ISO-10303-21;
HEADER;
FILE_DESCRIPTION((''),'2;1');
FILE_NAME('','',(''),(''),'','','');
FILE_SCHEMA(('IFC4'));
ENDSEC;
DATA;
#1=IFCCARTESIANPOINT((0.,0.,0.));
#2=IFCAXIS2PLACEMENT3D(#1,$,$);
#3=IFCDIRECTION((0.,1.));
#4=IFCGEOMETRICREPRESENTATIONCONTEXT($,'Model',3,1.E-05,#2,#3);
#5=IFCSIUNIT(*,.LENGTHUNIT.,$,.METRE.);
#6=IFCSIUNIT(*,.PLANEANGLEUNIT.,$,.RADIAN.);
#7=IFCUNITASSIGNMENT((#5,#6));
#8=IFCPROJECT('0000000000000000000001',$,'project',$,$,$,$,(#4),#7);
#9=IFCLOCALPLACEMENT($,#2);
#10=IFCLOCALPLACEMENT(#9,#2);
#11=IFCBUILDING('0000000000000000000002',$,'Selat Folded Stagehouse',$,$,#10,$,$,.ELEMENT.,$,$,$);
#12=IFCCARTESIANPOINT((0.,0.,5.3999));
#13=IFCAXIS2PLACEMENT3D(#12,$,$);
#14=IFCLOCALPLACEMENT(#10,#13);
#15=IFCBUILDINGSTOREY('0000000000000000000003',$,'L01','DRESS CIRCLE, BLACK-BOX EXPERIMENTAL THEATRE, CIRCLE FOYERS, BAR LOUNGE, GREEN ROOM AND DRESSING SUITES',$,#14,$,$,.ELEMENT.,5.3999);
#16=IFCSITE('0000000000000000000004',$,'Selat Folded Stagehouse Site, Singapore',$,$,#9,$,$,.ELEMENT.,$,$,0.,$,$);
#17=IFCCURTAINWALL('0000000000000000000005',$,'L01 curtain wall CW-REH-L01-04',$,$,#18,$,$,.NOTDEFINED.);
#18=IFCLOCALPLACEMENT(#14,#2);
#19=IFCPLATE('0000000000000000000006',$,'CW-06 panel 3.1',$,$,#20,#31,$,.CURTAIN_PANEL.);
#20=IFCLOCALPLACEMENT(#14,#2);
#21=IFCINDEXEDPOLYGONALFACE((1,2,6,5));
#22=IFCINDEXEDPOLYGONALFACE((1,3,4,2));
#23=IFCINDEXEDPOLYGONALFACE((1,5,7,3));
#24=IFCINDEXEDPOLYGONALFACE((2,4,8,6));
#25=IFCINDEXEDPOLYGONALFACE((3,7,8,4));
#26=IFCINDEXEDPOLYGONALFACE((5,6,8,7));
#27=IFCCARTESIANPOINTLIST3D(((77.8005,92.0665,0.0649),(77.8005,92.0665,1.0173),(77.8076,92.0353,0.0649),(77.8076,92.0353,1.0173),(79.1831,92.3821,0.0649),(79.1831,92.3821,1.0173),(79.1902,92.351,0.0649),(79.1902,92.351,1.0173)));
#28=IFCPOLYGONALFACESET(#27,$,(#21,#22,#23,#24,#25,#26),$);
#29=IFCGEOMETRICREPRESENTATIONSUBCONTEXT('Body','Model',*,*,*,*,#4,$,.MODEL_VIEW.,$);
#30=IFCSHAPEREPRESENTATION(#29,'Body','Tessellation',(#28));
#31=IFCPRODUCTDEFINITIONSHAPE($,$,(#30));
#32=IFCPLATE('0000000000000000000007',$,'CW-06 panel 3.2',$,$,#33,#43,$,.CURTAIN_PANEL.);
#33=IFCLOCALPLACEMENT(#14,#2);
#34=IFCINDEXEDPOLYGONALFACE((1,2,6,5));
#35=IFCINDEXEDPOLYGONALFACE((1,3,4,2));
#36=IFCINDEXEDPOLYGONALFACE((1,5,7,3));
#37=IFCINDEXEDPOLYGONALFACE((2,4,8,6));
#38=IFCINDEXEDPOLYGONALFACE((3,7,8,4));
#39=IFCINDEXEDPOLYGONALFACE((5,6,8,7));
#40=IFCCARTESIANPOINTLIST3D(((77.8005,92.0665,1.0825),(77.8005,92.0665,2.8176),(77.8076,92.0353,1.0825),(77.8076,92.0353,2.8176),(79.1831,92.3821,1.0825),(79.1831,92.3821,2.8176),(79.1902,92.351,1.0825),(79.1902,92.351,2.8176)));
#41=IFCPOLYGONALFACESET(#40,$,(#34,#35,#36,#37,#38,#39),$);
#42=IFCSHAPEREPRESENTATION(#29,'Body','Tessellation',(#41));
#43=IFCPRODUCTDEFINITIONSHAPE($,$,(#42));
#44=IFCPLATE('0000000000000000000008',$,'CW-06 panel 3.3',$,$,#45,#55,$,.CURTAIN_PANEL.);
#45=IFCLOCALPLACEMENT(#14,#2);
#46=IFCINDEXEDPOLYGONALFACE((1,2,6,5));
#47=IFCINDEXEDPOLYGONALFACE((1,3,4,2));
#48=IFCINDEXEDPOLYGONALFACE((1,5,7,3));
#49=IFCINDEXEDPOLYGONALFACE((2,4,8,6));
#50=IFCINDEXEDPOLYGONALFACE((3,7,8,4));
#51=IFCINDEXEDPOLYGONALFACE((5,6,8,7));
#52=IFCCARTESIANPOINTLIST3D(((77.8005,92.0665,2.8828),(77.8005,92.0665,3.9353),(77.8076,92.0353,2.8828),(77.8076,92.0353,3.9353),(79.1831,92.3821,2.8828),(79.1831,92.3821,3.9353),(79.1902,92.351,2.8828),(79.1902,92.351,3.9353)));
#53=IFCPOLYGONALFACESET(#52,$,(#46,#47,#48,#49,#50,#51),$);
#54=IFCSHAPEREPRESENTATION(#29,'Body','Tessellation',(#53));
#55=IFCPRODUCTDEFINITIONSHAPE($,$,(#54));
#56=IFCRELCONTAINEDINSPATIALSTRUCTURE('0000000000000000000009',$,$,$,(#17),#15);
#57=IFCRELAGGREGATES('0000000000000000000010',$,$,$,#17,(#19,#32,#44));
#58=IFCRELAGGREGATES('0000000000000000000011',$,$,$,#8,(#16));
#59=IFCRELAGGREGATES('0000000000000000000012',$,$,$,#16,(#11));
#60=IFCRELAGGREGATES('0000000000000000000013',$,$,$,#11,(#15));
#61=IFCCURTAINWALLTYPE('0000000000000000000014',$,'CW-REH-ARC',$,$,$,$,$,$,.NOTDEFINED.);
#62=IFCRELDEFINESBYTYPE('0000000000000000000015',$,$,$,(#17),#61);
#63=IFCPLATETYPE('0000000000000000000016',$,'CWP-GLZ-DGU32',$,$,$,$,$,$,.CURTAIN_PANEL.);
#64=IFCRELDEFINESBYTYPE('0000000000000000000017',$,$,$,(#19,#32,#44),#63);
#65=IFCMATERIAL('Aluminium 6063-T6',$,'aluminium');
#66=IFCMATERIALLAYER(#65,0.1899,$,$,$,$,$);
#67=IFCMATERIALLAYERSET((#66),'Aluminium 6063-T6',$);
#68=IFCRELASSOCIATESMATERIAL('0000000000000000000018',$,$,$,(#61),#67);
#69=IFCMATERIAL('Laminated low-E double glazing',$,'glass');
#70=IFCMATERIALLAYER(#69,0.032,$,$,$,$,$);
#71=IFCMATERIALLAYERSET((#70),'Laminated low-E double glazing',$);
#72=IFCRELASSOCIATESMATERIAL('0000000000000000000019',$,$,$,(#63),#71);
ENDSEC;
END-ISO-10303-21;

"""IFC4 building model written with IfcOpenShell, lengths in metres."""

from ifc_helpers import new_model, si_unit, direction, frame, origin, origin_2d, place, context, subcontext, project, spatial, rectangle, extrude, material, layer, layer_set, type_object, element, aggregate, save


model = new_model("IFC4")

# Units and contexts
model_context = context("Model", 3, precision=1e-05, world=origin(), true_north=direction((0.0, 1.0)))
body_context = subcontext(model_context, "Body", "Model", "MODEL_VIEW")
ifc_project = project(units=[si_unit("LENGTHUNIT", "METRE"), si_unit("PLANEANGLEUNIT", "RADIAN")], contexts=[model_context])

# Site, building, storey
site_placement = place(None, origin())
site = spatial("IfcSite", under=ifc_project, at=site_placement, Name="Selat Folded Stagehouse Site, Singapore", CompositionType="ELEMENT", RefElevation=0.0)
building_placement = place(site_placement, origin())
building = spatial("IfcBuilding", under=site, at=building_placement, Name="Selat Folded Stagehouse", CompositionType="ELEMENT")
storey_placement = place(building_placement, frame((0.0, 0.0, 5.3999)))
storey = spatial("IfcBuildingStorey", under=building, at=storey_placement, Name="L01", Description="DRESS CIRCLE, BLACK-BOX EXPERIMENTAL THEATRE, CIRCLE FOYERS, BAR LOUNGE, GREEN ROOM AND DRESSING SUITES", CompositionType="ELEMENT", Elevation=5.3999)

# Shared definitions
ifc_material_1 = material(Name="Aluminium 6063-T6", Category="aluminium")
ifc_layer_1 = layer(ifc_material_1, 0.1899)
ifc_layer_set_1 = layer_set([ifc_layer_1], Name="Aluminium 6063-T6")
curtain_wall_type = type_object("IfcCurtainWallType", Name="CW-REH-ARC", PredefinedType="NOTDEFINED", material=ifc_layer_set_1)

# Curtain wall
curtain_wall_1_placement = place(storey_placement, origin())
curtain_wall_1 = element("IfcCurtainWall", 1, at=curtain_wall_1_placement, inside=storey, type_object=curtain_wall_type, Name="L01 curtain wall CW-REH-L01-04", PredefinedType="NOTDEFINED")

# Plates
ifc_material_2 = material(Name="Laminated low-E double glazing", Category="glass")
ifc_layer_2 = layer(ifc_material_2, 0.032)
ifc_layer_set_2 = layer_set([ifc_layer_2], Name="Laminated low-E double glazing")
plate_type = type_object("IfcPlateType", Name="CWP-GLZ-DGU32", PredefinedType="CURTAIN_PANEL", material=ifc_layer_set_2)
plate_1_placement = place(storey_placement, frame((78.4954, 92.2087, 0.0649), z_axis=(0.0, 0.0, 1.0), x_axis=(-0.974923, -0.222543, 0.0)))
plate_1 = element("IfcPlate", 2, at=plate_1_placement, type_object=plate_type, Name="CW-06 panel 3.1", PredefinedType="CURTAIN_PANEL", context=body_context, shape_type="SweptSolid", body=[
    extrude(rectangle(XDim=1.4182, YDim=0.032, at=origin_2d()), origin(), (0.0, 0.0, 1.0), 0.9524),
])
plate_2_placement = place(storey_placement, frame((78.4954, 92.2087, 1.0825), z_axis=(0.0, 0.0, 1.0), x_axis=(-0.974923, -0.222543, 0.0)))
plate_2 = element("IfcPlate", 3, at=plate_2_placement, type_object=plate_type, Name="CW-06 panel 3.2", PredefinedType="CURTAIN_PANEL", context=body_context, shape_type="SweptSolid", body=[
    extrude(rectangle(XDim=1.4182, YDim=0.032, at=origin_2d()), origin(), (0.0, 0.0, 1.0), 1.7351),
])
plate_3_placement = place(storey_placement, frame((78.4954, 92.2087, 2.8828), z_axis=(0.0, 0.0, 1.0), x_axis=(-0.974923, -0.222543, 0.0)))
plate_3 = element("IfcPlate", 4, at=plate_3_placement, type_object=plate_type, Name="CW-06 panel 3.3", PredefinedType="CURTAIN_PANEL", context=body_context, shape_type="SweptSolid", body=[
    extrude(rectangle(XDim=1.4182, YDim=0.032, at=origin_2d()), origin(), (0.0, 0.0, 1.0), 1.0525),
])
aggregate(curtain_wall_1, [plate_1, plate_2, plate_3])

save(model, "model.ifc")
